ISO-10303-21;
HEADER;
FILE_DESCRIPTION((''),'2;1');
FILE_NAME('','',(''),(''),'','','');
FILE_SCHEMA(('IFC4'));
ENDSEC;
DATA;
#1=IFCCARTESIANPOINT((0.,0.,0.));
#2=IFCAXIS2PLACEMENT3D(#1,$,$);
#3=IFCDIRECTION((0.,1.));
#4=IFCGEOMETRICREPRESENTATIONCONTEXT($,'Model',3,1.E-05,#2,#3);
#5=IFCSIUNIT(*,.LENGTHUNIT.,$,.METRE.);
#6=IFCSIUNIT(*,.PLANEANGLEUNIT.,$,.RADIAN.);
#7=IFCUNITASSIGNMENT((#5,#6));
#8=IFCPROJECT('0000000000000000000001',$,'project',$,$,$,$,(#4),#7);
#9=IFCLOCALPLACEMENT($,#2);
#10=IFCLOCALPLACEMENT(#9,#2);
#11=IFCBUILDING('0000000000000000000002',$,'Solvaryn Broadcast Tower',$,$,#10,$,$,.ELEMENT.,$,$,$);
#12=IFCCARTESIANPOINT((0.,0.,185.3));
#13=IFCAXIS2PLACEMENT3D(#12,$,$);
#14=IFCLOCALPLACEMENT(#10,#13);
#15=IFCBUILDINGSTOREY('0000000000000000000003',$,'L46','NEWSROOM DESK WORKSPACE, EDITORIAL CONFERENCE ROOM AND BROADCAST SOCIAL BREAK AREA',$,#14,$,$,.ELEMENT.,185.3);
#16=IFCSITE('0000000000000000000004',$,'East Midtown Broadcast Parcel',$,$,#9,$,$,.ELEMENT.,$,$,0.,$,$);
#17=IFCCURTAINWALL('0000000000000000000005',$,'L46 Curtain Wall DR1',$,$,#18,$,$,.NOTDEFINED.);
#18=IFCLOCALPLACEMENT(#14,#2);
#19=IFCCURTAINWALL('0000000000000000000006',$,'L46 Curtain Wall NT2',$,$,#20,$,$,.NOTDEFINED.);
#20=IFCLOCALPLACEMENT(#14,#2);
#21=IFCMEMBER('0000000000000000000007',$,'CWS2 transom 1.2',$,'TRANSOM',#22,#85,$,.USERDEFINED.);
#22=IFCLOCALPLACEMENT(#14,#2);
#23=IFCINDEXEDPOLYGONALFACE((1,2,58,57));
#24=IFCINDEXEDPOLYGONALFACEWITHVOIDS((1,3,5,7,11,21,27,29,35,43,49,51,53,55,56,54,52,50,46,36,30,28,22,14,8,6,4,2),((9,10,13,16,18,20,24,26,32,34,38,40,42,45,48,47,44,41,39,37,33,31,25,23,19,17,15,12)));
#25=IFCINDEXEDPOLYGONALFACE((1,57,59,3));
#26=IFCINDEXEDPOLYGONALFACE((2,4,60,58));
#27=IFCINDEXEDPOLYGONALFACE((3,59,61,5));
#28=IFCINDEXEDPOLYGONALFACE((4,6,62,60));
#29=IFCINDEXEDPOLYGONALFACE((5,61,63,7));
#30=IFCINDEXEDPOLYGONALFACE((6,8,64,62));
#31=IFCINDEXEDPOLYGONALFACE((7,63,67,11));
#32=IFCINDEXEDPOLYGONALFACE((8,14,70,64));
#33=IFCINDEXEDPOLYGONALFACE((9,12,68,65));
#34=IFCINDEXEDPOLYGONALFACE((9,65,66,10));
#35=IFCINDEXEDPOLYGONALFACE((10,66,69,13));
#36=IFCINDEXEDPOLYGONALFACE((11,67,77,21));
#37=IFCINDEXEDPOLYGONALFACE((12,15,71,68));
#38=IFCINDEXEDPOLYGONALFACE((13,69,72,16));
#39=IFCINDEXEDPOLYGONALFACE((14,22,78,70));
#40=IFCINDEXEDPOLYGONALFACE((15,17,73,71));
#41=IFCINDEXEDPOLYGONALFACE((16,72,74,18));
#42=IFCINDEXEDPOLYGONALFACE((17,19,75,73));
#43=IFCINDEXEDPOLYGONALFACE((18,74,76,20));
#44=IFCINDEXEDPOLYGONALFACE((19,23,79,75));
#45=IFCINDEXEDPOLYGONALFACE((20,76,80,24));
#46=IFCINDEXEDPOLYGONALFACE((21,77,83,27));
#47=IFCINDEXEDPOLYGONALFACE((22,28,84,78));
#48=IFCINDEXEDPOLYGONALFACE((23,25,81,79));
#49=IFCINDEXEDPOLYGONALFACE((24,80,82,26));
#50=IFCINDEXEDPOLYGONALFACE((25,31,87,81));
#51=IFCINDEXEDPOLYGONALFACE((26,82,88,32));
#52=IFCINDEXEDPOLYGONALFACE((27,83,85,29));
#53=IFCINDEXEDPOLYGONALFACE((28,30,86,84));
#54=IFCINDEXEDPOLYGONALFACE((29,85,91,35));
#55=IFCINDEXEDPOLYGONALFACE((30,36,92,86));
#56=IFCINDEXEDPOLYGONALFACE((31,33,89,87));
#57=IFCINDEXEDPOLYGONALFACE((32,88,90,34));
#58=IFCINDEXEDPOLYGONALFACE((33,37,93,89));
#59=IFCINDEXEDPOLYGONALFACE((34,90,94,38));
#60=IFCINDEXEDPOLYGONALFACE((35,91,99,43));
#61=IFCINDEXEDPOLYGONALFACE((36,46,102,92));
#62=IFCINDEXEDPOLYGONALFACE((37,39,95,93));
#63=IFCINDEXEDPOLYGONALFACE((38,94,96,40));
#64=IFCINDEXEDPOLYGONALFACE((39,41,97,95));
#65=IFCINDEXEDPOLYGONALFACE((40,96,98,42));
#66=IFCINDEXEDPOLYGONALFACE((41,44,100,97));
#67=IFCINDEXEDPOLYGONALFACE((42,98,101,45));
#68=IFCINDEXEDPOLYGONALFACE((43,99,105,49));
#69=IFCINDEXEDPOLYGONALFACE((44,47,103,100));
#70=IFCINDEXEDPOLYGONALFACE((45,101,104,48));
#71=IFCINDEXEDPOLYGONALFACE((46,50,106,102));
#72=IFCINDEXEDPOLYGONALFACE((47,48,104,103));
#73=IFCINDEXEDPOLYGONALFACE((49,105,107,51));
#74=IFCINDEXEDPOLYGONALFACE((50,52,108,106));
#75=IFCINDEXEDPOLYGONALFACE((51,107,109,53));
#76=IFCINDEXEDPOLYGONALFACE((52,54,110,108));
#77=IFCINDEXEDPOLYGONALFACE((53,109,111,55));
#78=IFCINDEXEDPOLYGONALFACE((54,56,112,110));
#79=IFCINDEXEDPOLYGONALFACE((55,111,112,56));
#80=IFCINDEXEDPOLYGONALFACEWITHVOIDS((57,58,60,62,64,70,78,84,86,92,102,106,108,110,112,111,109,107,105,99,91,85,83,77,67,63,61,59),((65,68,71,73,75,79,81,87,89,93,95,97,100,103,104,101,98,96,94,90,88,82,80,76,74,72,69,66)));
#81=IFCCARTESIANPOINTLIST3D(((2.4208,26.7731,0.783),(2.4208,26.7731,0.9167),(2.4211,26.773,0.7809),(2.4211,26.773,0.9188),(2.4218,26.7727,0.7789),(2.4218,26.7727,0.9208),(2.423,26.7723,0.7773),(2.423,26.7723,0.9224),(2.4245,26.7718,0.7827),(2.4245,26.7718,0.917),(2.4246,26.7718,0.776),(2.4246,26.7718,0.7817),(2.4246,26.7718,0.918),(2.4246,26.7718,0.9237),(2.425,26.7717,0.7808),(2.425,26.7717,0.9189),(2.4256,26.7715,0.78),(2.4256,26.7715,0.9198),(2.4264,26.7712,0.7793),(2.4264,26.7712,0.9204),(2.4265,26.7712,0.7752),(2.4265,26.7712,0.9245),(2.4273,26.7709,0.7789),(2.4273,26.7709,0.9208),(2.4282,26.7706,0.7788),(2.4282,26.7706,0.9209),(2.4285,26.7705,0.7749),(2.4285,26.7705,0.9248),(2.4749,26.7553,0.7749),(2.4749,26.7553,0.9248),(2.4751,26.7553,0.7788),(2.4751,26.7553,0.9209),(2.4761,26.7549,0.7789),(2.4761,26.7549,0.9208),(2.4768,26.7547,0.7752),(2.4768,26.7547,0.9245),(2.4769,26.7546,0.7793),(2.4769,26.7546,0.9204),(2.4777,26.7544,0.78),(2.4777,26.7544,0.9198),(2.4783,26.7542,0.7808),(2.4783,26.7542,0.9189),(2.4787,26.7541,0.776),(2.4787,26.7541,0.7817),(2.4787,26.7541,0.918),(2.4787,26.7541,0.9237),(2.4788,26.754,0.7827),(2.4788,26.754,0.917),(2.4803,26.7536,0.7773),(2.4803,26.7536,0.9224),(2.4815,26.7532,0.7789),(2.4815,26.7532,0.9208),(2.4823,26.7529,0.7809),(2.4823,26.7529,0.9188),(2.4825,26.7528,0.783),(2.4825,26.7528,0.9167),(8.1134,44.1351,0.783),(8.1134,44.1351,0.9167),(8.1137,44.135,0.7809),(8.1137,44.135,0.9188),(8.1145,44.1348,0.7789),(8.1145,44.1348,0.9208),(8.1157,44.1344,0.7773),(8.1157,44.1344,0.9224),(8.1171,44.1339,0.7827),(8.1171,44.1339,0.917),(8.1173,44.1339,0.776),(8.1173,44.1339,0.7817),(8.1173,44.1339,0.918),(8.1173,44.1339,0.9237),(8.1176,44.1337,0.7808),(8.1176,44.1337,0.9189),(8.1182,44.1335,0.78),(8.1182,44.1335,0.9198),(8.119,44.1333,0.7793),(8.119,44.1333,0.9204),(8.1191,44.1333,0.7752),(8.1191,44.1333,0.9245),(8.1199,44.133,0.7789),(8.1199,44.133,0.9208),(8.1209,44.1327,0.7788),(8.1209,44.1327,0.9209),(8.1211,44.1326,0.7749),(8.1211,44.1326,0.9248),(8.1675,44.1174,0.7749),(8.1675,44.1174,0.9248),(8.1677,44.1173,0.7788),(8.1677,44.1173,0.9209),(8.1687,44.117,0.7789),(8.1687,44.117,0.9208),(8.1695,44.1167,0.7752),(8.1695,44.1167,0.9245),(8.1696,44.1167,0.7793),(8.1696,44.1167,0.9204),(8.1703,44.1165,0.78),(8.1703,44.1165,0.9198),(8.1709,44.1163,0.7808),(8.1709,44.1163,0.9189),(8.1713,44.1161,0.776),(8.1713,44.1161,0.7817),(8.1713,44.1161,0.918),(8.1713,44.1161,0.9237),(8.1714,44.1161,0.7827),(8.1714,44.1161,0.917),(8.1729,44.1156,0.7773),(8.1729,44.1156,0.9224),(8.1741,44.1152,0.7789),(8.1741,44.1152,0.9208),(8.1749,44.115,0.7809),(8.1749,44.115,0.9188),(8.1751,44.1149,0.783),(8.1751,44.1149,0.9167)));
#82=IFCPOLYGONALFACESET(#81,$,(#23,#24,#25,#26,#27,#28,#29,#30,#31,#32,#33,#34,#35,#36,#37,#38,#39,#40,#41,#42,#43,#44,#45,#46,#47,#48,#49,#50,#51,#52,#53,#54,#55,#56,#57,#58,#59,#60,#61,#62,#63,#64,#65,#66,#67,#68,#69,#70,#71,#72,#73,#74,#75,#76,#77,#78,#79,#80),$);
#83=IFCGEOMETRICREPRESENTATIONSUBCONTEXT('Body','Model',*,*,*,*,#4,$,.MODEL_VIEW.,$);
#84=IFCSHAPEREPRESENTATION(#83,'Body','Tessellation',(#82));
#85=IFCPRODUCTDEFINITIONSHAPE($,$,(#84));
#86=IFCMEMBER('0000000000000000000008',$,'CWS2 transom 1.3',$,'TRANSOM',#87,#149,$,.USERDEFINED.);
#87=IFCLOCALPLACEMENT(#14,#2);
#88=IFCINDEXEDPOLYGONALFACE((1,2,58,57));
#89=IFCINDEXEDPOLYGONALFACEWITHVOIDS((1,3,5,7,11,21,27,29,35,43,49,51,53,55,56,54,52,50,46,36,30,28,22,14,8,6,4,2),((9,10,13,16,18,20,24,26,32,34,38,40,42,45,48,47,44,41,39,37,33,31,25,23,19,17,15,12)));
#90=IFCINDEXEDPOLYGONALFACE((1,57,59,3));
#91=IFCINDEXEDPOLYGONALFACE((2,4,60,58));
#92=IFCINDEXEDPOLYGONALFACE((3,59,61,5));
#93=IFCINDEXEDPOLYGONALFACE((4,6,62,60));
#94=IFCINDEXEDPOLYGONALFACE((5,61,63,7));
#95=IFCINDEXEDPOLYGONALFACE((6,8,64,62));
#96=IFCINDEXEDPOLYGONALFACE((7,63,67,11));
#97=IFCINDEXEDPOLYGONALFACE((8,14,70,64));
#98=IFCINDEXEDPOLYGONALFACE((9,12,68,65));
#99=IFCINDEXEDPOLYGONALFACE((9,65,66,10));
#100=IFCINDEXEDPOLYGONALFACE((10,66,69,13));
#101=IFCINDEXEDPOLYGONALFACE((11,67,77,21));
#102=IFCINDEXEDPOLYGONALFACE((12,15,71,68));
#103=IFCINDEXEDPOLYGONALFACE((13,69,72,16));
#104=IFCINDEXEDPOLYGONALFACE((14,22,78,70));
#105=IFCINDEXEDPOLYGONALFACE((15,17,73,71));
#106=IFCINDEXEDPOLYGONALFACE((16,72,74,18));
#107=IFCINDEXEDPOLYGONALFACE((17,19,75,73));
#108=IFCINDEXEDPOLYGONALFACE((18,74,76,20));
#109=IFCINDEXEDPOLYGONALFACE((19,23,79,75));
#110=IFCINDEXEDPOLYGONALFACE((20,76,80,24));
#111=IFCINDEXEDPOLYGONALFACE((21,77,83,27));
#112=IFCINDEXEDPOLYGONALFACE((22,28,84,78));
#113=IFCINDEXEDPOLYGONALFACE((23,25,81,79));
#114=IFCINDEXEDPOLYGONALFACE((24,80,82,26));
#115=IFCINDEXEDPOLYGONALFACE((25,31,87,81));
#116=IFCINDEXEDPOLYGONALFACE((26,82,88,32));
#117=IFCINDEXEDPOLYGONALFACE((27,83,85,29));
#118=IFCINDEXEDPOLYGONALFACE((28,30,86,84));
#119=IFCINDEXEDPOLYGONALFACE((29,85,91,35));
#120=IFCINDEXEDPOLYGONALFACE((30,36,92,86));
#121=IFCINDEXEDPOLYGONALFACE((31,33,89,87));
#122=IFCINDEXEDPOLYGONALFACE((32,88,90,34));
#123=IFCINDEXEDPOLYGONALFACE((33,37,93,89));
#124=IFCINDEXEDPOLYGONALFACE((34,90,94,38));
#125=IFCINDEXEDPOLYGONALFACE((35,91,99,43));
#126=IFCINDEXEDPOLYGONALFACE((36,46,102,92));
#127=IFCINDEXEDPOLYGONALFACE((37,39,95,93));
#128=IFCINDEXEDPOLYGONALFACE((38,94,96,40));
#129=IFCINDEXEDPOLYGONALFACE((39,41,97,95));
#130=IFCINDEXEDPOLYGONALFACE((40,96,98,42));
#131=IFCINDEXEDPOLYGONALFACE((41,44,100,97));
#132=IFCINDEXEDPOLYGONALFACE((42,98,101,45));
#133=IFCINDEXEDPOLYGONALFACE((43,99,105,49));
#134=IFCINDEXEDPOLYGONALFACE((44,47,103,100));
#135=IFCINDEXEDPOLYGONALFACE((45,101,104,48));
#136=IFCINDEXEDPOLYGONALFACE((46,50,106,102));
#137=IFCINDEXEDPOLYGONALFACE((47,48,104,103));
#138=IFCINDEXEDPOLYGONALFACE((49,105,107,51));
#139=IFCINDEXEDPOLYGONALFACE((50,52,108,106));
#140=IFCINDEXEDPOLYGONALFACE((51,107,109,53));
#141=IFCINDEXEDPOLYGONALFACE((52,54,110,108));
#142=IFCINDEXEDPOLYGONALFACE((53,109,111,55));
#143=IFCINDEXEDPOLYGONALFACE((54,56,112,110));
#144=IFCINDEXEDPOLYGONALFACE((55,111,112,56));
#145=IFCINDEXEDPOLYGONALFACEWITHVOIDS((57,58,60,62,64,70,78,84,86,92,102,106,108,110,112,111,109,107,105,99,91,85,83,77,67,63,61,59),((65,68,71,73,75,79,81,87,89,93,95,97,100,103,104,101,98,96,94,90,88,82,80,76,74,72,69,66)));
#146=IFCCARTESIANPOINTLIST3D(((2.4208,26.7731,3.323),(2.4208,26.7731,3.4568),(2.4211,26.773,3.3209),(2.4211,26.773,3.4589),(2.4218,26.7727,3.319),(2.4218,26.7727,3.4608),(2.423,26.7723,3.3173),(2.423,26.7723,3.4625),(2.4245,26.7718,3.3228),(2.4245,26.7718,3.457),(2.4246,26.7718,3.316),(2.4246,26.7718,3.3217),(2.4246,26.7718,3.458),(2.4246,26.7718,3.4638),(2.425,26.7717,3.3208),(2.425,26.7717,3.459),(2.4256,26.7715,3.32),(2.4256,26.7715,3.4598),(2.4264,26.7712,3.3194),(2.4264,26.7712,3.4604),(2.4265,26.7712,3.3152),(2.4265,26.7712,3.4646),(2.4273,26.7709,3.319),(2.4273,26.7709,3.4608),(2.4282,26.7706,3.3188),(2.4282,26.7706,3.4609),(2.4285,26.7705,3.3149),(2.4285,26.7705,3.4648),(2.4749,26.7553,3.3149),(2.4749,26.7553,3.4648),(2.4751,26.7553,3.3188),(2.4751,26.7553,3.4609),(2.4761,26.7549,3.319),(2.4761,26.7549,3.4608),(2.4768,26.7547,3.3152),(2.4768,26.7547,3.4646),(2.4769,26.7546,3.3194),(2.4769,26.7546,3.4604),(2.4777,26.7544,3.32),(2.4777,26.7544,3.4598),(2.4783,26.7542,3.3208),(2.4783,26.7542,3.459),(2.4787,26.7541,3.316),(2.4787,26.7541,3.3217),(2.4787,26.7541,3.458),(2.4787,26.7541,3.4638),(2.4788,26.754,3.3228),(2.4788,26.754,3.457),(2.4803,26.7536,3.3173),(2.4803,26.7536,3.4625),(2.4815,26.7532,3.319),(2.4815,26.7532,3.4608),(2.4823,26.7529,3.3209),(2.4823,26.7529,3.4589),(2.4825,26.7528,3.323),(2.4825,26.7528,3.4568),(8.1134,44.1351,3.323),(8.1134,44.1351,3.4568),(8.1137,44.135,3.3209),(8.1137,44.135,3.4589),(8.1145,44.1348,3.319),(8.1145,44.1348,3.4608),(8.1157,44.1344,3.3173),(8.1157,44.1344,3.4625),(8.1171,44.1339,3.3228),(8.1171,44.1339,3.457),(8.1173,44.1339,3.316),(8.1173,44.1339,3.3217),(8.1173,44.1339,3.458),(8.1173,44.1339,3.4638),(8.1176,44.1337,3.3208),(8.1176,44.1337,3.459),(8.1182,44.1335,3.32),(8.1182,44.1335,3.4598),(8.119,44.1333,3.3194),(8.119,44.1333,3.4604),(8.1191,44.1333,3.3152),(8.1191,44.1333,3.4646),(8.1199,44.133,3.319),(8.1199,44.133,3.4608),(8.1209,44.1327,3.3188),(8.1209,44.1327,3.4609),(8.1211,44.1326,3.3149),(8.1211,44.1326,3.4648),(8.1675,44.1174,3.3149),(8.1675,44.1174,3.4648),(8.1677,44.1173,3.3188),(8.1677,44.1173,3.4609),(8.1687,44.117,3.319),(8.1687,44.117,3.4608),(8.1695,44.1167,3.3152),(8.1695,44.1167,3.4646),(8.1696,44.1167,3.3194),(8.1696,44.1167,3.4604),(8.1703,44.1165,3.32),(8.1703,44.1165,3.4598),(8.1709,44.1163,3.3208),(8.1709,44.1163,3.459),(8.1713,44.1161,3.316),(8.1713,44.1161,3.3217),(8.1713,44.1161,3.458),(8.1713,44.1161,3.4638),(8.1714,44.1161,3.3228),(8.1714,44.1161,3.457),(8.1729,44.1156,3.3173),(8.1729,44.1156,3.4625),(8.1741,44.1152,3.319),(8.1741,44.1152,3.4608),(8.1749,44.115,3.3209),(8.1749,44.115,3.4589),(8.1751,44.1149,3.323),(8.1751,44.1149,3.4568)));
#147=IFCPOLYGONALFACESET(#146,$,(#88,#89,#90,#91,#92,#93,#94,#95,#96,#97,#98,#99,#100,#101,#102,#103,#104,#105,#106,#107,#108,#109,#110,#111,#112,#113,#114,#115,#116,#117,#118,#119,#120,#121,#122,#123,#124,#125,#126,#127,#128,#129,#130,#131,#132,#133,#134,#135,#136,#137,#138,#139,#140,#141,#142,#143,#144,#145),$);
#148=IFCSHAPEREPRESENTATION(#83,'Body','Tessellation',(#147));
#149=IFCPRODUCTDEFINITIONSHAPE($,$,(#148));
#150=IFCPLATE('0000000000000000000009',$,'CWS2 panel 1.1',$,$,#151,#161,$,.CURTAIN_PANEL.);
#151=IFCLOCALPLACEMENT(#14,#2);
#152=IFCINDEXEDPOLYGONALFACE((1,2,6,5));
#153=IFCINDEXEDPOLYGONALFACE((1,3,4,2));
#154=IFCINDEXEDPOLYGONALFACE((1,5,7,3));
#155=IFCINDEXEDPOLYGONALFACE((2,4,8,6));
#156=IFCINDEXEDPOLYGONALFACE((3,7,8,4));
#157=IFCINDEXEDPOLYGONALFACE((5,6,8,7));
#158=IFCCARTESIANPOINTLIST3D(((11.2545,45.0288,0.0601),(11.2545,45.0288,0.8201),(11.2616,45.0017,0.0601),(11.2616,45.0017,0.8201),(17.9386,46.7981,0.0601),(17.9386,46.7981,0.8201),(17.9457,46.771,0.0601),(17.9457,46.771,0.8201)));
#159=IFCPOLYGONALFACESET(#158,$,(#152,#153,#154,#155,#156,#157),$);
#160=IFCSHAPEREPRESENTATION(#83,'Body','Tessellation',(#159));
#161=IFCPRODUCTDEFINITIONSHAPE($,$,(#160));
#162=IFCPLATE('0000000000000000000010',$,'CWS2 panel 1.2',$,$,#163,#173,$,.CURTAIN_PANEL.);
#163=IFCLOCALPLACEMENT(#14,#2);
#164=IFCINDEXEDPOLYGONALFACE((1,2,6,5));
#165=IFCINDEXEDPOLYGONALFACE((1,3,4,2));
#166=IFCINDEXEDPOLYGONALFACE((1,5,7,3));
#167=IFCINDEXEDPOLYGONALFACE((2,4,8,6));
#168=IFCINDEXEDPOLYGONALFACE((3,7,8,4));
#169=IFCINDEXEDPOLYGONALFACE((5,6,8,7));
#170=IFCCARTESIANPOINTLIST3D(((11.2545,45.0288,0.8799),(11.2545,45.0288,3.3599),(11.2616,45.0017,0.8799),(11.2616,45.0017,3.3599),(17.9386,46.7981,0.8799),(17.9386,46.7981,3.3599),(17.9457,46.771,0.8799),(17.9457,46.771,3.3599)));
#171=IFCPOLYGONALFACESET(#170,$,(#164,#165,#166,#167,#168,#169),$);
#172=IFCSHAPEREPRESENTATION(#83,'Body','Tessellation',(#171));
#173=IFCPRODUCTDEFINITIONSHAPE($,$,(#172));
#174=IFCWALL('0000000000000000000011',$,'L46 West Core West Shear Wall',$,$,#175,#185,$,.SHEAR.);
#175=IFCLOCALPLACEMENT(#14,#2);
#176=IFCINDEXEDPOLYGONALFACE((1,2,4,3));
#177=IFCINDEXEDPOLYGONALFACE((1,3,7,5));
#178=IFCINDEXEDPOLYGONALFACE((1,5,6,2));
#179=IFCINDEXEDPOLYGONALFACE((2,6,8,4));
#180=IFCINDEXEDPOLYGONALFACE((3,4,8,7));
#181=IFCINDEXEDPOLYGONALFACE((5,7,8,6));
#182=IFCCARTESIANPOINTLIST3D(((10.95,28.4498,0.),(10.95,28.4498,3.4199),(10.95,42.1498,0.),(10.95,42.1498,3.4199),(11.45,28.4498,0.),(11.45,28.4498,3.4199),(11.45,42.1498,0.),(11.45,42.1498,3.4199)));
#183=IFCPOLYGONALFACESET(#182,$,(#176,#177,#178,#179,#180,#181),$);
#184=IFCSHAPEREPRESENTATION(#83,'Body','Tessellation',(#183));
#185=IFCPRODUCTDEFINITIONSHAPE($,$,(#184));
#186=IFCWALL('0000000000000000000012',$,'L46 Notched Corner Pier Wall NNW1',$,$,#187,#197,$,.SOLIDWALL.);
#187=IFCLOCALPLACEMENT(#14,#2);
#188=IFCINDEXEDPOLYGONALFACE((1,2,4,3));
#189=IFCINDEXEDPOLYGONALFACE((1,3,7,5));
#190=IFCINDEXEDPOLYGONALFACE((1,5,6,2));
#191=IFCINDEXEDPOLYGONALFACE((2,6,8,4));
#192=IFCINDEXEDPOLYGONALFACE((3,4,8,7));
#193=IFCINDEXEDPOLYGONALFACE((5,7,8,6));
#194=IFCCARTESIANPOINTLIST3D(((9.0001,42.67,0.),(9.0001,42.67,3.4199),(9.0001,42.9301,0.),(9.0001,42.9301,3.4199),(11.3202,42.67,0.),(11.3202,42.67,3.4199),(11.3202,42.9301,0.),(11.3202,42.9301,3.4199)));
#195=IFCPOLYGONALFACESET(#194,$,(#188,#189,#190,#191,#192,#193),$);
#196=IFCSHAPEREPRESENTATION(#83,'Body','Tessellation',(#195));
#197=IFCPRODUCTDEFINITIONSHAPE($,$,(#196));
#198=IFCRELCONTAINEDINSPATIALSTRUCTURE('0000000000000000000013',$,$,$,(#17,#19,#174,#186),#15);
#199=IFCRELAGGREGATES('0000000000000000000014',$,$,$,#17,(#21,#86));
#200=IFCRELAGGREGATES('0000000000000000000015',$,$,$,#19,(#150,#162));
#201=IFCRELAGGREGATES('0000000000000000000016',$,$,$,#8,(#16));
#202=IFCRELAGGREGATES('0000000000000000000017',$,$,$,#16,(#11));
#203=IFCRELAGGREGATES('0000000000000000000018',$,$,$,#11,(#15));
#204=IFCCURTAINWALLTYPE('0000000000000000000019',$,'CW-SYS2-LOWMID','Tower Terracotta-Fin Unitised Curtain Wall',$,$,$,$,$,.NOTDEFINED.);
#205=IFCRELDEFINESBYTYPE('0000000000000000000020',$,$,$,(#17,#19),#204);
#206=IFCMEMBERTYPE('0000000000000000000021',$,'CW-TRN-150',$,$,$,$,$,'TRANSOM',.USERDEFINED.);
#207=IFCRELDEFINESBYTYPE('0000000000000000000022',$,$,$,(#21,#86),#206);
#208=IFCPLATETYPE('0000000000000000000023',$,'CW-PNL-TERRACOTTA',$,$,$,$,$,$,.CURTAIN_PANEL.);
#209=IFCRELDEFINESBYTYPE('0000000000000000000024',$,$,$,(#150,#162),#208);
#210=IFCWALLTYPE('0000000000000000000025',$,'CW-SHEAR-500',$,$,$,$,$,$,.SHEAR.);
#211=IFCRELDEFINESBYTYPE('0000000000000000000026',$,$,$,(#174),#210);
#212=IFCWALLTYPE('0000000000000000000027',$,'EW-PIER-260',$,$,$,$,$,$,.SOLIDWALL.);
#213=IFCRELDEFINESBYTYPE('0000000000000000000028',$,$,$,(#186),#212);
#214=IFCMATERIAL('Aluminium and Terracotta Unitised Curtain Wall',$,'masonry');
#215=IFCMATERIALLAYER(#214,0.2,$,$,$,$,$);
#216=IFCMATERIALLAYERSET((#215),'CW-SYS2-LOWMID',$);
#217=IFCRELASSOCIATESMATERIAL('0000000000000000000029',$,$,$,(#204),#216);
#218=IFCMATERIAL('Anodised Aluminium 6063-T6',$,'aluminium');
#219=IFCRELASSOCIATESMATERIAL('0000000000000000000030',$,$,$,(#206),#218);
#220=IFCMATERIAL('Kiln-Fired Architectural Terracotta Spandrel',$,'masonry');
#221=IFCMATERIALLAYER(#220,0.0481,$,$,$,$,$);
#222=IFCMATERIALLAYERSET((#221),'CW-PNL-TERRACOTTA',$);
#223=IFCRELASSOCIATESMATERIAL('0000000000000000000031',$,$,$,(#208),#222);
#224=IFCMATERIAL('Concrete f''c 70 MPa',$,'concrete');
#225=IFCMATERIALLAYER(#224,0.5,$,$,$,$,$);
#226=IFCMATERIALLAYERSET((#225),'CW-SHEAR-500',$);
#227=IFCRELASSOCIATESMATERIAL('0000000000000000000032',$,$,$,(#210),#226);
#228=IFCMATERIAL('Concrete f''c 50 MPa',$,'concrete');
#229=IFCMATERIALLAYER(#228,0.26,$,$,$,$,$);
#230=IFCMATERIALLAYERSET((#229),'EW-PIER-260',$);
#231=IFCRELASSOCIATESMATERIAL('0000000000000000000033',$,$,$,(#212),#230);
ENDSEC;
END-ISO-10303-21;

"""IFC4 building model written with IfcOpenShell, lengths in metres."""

from ifc_helpers import new_model, si_unit, direction, frame, frame_2d, origin, origin_2d, place, context, subcontext, project, spatial, rectangle, hollow_rectangle, extrude, material, layer, layer_set, material_profile, profile_set, type_object, element, aggregate, save


model = new_model("IFC4")

# Units and contexts
model_context = context("Model", 3, precision=1e-05, world=origin(), true_north=direction((0.0, 1.0)))
body_context = subcontext(model_context, "Body", "Model", "MODEL_VIEW")
ifc_project = project(units=[si_unit("LENGTHUNIT", "METRE"), si_unit("PLANEANGLEUNIT", "RADIAN")], contexts=[model_context])

# Site, building, storey
site_placement = place(None, origin())
site = spatial("IfcSite", under=ifc_project, at=site_placement, Name="East Midtown Broadcast Parcel", CompositionType="ELEMENT", RefElevation=0.0)
building_placement = place(site_placement, origin())
building = spatial("IfcBuilding", under=site, at=building_placement, Name="Solvaryn Broadcast Tower", CompositionType="ELEMENT")
storey_placement = place(building_placement, frame((0.0, 0.0, 185.3)))
storey = spatial("IfcBuildingStorey", under=building, at=storey_placement, Name="L46", Description="NEWSROOM DESK WORKSPACE, EDITORIAL CONFERENCE ROOM AND BROADCAST SOCIAL BREAK AREA", CompositionType="ELEMENT", Elevation=185.3)

# Curtain walls
ifc_material_1 = material(Name="Aluminium and Terracotta Unitised Curtain Wall", Category="masonry")
ifc_layer_1 = layer(ifc_material_1, 0.2)
ifc_layer_set_1 = layer_set([ifc_layer_1], Name="CW-SYS2-LOWMID")
curtain_wall_type = type_object("IfcCurtainWallType", Name="CW-SYS2-LOWMID", Description="Tower Terracotta-Fin Unitised Curtain Wall", PredefinedType="NOTDEFINED", material=ifc_layer_set_1)
curtain_wall_1_placement = place(storey_placement, origin())
curtain_wall_1 = element("IfcCurtainWall", 1, at=curtain_wall_1_placement, inside=storey, type_object=curtain_wall_type, Name="L46 Curtain Wall DR1", PredefinedType="NOTDEFINED")
curtain_wall_2_placement = place(storey_placement, origin())
curtain_wall_2 = element("IfcCurtainWall", 2, at=curtain_wall_2_placement, inside=storey, type_object=curtain_wall_type, Name="L46 Curtain Wall NT2", PredefinedType="NOTDEFINED")

# Members
ifc_material_2 = material(Name="Anodised Aluminium 6063-T6", Category="aluminium")
ifc_material_profile_1 = material_profile(ifc_material_2, hollow_rectangle(XDim=0.0649, YDim=0.1499, WallThickness=0.0039, InnerFilletRadius=0.0039, OuterFilletRadius=0.0081, at=origin_2d()))
ifc_profile_set_1 = profile_set([ifc_material_profile_1], Name="Anodised Aluminium 6063-T6")
member_type_1 = type_object("IfcMemberType", Name="CW-TRN-150", ElementType="TRANSOM", PredefinedType="USERDEFINED", material=ifc_profile_set_1)
member_1_placement = place(storey_placement, frame((8.1443, 44.125, 0.8499), z_axis=(-0.311558, -0.950227, 0.0), x_axis=(0.950227, -0.311558, 0.0)))
member_1 = element("IfcMember", 3, at=member_1_placement, type_object=member_type_1, Name="CWS2 transom 1.2", ObjectType="TRANSOM", PredefinedType="USERDEFINED", context=body_context, shape_type="SweptSolid", body=[
    extrude(hollow_rectangle(XDim=0.0649, YDim=0.1499, WallThickness=0.0039, InnerFilletRadius=0.0039, OuterFilletRadius=0.0081, at=origin_2d()), origin(), (0.0, 0.0, 1.0), 18.2715),
])
member_2_placement = place(storey_placement, frame((8.1443, 44.125, 3.3899), z_axis=(-0.311558, -0.950227, 0.0), x_axis=(0.950227, -0.311558, 0.0)))
member_2 = element("IfcMember", 4, at=member_2_placement, type_object=member_type_1, Name="CWS2 transom 1.3", ObjectType="TRANSOM", PredefinedType="USERDEFINED", context=body_context, shape_type="SweptSolid", body=[
    extrude(hollow_rectangle(XDim=0.0649, YDim=0.1499, WallThickness=0.0039, InnerFilletRadius=0.0039, OuterFilletRadius=0.0081, at=origin_2d()), origin(), (0.0, 0.0, 1.0), 18.2715),
])
aggregate(curtain_wall_1, [member_1, member_2])

# Plates
ifc_material_3 = material(Name="Kiln-Fired Architectural Terracotta Spandrel", Category="masonry")
ifc_layer_2 = layer(ifc_material_3, 0.0481)
ifc_layer_set_2 = layer_set([ifc_layer_2], Name="CW-PNL-TERRACOTTA")
plate_type = type_object("IfcPlateType", Name="CW-PNL-TERRACOTTA", PredefinedType="CURTAIN_PANEL", material=ifc_layer_set_2)
plate_1_placement = place(storey_placement, frame((14.6001, 45.8999, 0.0601), z_axis=(0.0, 0.0, 1.0), x_axis=(-0.966705, -0.255893, 0.0)))
plate_1 = element("IfcPlate", 5, at=plate_1_placement, type_object=plate_type, Name="CWS2 panel 1.1", PredefinedType="CURTAIN_PANEL", context=body_context, shape_type="SweptSolid", body=[
    extrude(rectangle(XDim=6.9143, YDim=0.0281, at=origin_2d()), origin(), (0.0, 0.0, 1.0), 0.76),
])
plate_2_placement = place(storey_placement, frame((14.6001, 45.8999, 0.8799), z_axis=(0.0, 0.0, 1.0), x_axis=(-0.966705, -0.255893, 0.0)))
plate_2 = element("IfcPlate", 6, at=plate_2_placement, type_object=plate_type, Name="CWS2 panel 1.2", PredefinedType="CURTAIN_PANEL", context=body_context, shape_type="SweptSolid", body=[
    extrude(rectangle(XDim=6.9143, YDim=0.0281, at=origin_2d()), origin(), (0.0, 0.0, 1.0), 2.48),
])
aggregate(curtain_wall_2, [plate_1, plate_2])

# Walls
ifc_material_4 = material(Name="Concrete f'c 70 MPa", Category="concrete")
ifc_layer_3 = layer(ifc_material_4, 0.5)
ifc_layer_set_3 = layer_set([ifc_layer_3], Name="CW-SHEAR-500")
wall_type_1 = type_object("IfcWallType", Name="CW-SHEAR-500", PredefinedType="SHEAR", material=ifc_layer_set_3)
wall_1_placement = place(storey_placement, frame((11.2, 42.1499, 0.0), z_axis=(0.0, 0.0, 1.0), x_axis=(0.0, -1.0, 0.0)))
element("IfcWall", 7, at=wall_1_placement, inside=storey, type_object=wall_type_1, Name="L46 West Core West Shear Wall", PredefinedType="SHEAR", context=body_context, shape_type="SweptSolid", body=[
    extrude(rectangle(XDim=13.7, YDim=0.5, at=frame_2d((6.8501, 0.0))), origin(), (0.0, 0.0, 1.0), 3.4199),
])
ifc_material_5 = material(Name="Concrete f'c 50 MPa", Category="concrete")
ifc_layer_4 = layer(ifc_material_5, 0.26)
ifc_layer_set_4 = layer_set([ifc_layer_4], Name="EW-PIER-260")
wall_type_2 = type_object("IfcWallType", Name="EW-PIER-260", PredefinedType="SOLIDWALL", material=ifc_layer_set_4)
wall_2_placement = place(storey_placement, frame((9.0, 42.8, 0.0), z_axis=(0.0, 0.0, 1.0), x_axis=(1.0, 0.0, 0.0)))
element("IfcWall", 8, at=wall_2_placement, inside=storey, type_object=wall_type_2, Name="L46 Notched Corner Pier Wall NNW1", PredefinedType="SOLIDWALL", context=body_context, shape_type="SweptSolid", body=[
    extrude(rectangle(XDim=2.3201, YDim=0.26, at=frame_2d((1.1602, 0.0))), origin(), (0.0, 0.0, 1.0), 3.4199),
])

save(model, "model.ifc")
